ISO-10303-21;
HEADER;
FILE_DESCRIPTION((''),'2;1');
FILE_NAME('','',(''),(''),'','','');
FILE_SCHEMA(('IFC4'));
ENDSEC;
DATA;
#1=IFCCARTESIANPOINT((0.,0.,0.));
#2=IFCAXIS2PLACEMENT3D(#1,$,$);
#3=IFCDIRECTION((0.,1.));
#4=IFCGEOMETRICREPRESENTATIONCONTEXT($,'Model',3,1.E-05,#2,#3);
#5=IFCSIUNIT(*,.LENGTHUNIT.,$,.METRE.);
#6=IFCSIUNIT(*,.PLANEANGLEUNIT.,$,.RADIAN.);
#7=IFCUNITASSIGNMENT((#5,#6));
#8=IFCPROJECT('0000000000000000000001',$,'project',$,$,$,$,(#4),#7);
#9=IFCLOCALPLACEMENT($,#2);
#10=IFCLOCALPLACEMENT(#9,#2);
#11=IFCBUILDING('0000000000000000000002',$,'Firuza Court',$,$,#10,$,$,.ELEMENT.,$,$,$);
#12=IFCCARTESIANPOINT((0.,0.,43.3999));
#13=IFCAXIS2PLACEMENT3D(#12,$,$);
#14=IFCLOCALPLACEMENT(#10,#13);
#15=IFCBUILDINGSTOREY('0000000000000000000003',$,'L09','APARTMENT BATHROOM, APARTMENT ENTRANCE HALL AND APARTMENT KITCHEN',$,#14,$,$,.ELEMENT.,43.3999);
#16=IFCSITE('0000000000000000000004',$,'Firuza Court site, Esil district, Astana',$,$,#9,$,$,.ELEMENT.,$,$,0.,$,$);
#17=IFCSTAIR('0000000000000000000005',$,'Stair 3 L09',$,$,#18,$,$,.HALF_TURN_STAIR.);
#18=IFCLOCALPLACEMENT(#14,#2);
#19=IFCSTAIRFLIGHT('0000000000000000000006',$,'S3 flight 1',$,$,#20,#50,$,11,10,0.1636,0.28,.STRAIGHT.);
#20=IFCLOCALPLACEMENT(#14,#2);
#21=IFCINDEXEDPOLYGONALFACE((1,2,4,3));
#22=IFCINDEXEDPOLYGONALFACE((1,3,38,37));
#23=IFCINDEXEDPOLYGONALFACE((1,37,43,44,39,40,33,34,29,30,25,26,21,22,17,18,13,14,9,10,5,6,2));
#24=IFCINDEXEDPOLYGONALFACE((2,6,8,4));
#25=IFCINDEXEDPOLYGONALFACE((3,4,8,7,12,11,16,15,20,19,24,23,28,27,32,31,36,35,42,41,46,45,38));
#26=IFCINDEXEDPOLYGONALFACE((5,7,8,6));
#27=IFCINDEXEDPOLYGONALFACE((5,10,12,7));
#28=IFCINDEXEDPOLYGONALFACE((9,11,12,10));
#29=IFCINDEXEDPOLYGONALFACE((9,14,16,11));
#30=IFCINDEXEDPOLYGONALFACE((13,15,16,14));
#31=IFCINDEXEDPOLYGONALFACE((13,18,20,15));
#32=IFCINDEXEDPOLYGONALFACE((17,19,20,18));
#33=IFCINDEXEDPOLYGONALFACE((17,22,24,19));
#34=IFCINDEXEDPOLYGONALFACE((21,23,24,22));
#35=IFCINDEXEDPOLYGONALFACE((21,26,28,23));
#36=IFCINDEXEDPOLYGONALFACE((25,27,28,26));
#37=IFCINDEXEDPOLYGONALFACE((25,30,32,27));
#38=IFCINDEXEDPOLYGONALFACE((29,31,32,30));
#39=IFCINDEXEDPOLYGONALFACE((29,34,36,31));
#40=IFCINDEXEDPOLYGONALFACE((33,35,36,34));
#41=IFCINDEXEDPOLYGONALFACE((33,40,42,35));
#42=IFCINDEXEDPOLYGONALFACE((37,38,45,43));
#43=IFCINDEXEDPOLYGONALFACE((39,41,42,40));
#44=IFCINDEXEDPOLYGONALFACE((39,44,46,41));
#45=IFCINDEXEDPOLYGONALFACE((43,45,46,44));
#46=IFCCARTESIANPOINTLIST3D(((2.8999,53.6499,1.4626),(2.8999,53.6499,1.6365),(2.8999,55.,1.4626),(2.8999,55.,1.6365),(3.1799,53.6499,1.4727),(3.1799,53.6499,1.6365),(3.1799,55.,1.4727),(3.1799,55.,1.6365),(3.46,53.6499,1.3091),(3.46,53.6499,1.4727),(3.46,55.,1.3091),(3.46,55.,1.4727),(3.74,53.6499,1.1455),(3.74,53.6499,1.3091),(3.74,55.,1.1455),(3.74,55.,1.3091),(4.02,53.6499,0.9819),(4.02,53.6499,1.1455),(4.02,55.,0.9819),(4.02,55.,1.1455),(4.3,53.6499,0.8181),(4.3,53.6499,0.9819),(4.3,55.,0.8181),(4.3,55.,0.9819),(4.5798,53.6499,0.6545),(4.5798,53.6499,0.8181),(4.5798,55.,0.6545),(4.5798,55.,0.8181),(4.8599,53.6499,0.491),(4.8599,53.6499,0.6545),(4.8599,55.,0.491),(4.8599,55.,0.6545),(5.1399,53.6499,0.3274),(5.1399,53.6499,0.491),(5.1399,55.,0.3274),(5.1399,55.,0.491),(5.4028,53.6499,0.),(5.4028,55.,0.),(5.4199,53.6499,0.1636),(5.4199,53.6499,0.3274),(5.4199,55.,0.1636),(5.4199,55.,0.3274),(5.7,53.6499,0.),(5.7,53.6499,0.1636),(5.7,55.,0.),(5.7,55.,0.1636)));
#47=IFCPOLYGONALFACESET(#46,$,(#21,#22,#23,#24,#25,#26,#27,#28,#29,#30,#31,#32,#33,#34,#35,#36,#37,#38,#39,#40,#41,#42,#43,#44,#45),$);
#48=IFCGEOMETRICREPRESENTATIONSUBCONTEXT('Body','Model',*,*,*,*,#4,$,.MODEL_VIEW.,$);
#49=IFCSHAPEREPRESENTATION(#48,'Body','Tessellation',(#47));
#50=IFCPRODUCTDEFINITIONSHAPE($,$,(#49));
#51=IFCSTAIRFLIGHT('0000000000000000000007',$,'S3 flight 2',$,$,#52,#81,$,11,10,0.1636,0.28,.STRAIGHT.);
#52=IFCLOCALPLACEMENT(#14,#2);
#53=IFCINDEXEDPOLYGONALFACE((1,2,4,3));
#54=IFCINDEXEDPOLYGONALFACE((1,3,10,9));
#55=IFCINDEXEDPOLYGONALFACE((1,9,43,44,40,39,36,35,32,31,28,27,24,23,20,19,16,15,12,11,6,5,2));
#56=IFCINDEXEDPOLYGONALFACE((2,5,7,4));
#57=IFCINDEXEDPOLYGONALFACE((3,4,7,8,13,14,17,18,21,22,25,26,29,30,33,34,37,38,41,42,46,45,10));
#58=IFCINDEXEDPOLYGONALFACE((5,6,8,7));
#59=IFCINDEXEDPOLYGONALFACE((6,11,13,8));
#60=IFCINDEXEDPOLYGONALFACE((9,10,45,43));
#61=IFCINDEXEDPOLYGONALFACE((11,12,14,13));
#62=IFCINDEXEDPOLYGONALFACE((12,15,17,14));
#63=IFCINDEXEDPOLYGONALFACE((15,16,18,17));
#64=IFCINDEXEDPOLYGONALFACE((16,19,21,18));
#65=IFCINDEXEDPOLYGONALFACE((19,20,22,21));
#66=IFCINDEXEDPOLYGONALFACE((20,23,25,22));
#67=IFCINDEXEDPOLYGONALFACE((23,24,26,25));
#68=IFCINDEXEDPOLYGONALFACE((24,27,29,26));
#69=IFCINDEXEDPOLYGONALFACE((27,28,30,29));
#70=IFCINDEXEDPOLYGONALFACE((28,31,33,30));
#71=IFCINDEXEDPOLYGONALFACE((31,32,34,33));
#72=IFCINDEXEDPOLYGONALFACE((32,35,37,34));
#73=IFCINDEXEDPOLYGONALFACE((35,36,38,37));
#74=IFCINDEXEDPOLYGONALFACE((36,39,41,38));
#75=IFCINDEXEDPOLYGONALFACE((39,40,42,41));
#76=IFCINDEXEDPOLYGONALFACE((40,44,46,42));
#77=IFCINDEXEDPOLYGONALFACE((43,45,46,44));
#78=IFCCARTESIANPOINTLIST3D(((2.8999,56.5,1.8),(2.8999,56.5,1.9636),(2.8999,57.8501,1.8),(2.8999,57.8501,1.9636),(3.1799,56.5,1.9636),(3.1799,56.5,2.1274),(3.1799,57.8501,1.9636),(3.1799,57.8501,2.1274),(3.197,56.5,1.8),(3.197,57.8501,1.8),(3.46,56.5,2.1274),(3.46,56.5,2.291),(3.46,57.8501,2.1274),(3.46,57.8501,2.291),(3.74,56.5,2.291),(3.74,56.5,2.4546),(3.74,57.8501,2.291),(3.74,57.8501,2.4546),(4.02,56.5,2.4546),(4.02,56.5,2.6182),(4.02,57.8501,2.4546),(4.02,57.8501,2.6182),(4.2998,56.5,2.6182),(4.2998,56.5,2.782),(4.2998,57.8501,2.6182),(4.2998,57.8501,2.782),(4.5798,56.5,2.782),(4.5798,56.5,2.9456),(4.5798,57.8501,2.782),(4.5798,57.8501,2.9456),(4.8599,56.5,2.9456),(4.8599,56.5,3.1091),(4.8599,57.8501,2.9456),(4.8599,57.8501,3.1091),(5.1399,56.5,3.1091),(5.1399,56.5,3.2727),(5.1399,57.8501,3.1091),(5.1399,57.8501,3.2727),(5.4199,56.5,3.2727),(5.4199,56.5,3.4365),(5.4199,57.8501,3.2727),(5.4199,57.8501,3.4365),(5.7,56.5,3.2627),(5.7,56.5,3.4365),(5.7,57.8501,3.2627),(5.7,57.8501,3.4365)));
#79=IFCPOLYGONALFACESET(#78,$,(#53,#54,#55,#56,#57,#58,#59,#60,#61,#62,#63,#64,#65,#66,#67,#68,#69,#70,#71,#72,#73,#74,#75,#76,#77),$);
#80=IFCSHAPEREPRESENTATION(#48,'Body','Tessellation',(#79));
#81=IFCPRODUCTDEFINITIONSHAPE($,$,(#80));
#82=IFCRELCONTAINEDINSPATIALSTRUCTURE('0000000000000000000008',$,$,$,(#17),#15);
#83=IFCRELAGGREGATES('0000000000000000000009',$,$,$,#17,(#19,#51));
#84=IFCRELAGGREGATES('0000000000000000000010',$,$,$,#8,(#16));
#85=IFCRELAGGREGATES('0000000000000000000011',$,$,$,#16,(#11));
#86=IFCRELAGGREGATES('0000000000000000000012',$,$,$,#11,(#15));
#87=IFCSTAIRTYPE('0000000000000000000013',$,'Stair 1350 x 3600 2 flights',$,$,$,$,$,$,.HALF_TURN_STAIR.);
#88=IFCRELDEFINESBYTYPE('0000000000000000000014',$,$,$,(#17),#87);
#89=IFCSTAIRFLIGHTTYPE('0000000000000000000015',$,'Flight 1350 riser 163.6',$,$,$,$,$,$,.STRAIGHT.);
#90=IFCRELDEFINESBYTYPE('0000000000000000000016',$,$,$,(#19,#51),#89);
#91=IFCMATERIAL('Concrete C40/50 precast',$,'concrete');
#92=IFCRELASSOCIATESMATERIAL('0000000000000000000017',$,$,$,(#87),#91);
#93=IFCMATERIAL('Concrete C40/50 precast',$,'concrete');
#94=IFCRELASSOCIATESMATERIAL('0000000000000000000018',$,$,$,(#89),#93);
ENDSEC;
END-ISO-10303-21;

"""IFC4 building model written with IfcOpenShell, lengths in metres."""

from ifc_helpers import new_model, si_unit, direction, frame, origin, place, context, subcontext, project, spatial, polyline, outline, extrude, material, type_object, element, aggregate, save


model = new_model("IFC4")

# Units and contexts
model_context = context("Model", 3, precision=1e-05, world=origin(), true_north=direction((0.0, 1.0)))
body_context = subcontext(model_context, "Body", "Model", "MODEL_VIEW")
ifc_project = project(units=[si_unit("LENGTHUNIT", "METRE"), si_unit("PLANEANGLEUNIT", "RADIAN")], contexts=[model_context])

# Site, building, storey
site_placement = place(None, origin())
site = spatial("IfcSite", under=ifc_project, at=site_placement, Name="Firuza Court site, Esil district, Astana", CompositionType="ELEMENT", RefElevation=0.0)
building_placement = place(site_placement, origin())
building = spatial("IfcBuilding", under=site, at=building_placement, Name="Firuza Court", CompositionType="ELEMENT")
storey_placement = place(building_placement, frame((0.0, 0.0, 43.3999)))
storey = spatial("IfcBuildingStorey", under=building, at=storey_placement, Name="L09", Description="APARTMENT BATHROOM, APARTMENT ENTRANCE HALL AND APARTMENT KITCHEN", CompositionType="ELEMENT", Elevation=43.3999)

# Stair, stair flights
ifc_material_1 = material(Name="Concrete C40/50 precast", Category="concrete")
stair_type = type_object("IfcStairType", Name="Stair 1350 x 3600 2 flights", PredefinedType="HALF_TURN_STAIR", material=ifc_material_1)
stair_placement = place(storey_placement, origin())
stair = element("IfcStair", 1, at=stair_placement, inside=storey, type_object=stair_type, Name="Stair 3 L09", PredefinedType="HALF_TURN_STAIR")
ifc_material_2 = material(Name="Concrete C40/50 precast", Category="concrete")
stair_flight_type = type_object("IfcStairFlightType", Name="Flight 1350 riser 163.6", PredefinedType="STRAIGHT", material=ifc_material_2)
stair_flight_1_placement = place(storey_placement, frame((5.7, 54.325, 0.0), z_axis=(0.0, 0.0, 1.0), x_axis=(-1.0, 0.0, 0.0)))
stair_flight_1 = element("IfcStairFlight", 2, at=stair_flight_1_placement, type_object=stair_flight_type, Name="S3 flight 1", NumberOfRisers=11, NumberOfTreads=10, PredefinedType="STRAIGHT", RiserHeight=0.1636, TreadLength=0.28, context=body_context, shape_type="SweptSolid", body=[
    extrude(outline(polyline([(0.0, 0.0), (0.0, 0.1636), (0.28, 0.1636), (0.28, 0.3274), (0.5601, 0.3274), (0.5601, 0.491), (0.8401, 0.491), (0.8401, 0.6545), (1.1201, 0.6545), (1.1201, 0.8181), (1.3999, 0.8181), (1.3999, 0.9819), (1.6799, 0.9819), (1.6799, 1.1455), (1.96, 1.1455), (1.96, 1.3091), (2.24, 1.3091), (2.24, 1.4727), (2.52, 1.4727), (2.52, 1.6365), (2.8, 1.6365), (2.8, 1.8), (2.8, 1.4626), (0.2971, 0.0), (0.0, 0.0)])), frame((0.0, 0.675, 0.0), z_axis=(0.0, -1.0, 0.0), x_axis=(1.0, 0.0, 0.0)), (0.0, 0.0, 1.0), 1.3501),
])
stair_flight_2_placement = place(storey_placement, frame((2.8999, 57.175, 1.8), z_axis=(0.0, 0.0, 1.0), x_axis=(1.0, 0.0, 0.0)))
stair_flight_2 = element("IfcStairFlight", 3, at=stair_flight_2_placement, type_object=stair_flight_type, Name="S3 flight 2", NumberOfRisers=11, NumberOfTreads=10, PredefinedType="STRAIGHT", RiserHeight=0.1636, TreadLength=0.28, context=body_context, shape_type="SweptSolid", body=[
    extrude(outline(polyline([(0.0, 0.0), (0.0, 0.1636), (0.28, 0.1636), (0.28, 0.3274), (0.5601, 0.3274), (0.5601, 0.491), (0.8401, 0.491), (0.8401, 0.6545), (1.1201, 0.6545), (1.1201, 0.8181), (1.3999, 0.8181), (1.3999, 0.9819), (1.6799, 0.9819), (1.6799, 1.1455), (1.96, 1.1455), (1.96, 1.3091), (2.24, 1.3091), (2.24, 1.4727), (2.52, 1.4727), (2.52, 1.6365), (2.8, 1.6365), (2.8, 1.8), (2.8, 1.4626), (0.2971, 0.0), (0.0, 0.0)])), frame((0.0, 0.675, 0.0), z_axis=(0.0, -1.0, 0.0), x_axis=(1.0, 0.0, 0.0)), (0.0, 0.0, 1.0), 1.3501),
])
aggregate(stair, [stair_flight_1, stair_flight_2])

save(model, "model.ifc")
